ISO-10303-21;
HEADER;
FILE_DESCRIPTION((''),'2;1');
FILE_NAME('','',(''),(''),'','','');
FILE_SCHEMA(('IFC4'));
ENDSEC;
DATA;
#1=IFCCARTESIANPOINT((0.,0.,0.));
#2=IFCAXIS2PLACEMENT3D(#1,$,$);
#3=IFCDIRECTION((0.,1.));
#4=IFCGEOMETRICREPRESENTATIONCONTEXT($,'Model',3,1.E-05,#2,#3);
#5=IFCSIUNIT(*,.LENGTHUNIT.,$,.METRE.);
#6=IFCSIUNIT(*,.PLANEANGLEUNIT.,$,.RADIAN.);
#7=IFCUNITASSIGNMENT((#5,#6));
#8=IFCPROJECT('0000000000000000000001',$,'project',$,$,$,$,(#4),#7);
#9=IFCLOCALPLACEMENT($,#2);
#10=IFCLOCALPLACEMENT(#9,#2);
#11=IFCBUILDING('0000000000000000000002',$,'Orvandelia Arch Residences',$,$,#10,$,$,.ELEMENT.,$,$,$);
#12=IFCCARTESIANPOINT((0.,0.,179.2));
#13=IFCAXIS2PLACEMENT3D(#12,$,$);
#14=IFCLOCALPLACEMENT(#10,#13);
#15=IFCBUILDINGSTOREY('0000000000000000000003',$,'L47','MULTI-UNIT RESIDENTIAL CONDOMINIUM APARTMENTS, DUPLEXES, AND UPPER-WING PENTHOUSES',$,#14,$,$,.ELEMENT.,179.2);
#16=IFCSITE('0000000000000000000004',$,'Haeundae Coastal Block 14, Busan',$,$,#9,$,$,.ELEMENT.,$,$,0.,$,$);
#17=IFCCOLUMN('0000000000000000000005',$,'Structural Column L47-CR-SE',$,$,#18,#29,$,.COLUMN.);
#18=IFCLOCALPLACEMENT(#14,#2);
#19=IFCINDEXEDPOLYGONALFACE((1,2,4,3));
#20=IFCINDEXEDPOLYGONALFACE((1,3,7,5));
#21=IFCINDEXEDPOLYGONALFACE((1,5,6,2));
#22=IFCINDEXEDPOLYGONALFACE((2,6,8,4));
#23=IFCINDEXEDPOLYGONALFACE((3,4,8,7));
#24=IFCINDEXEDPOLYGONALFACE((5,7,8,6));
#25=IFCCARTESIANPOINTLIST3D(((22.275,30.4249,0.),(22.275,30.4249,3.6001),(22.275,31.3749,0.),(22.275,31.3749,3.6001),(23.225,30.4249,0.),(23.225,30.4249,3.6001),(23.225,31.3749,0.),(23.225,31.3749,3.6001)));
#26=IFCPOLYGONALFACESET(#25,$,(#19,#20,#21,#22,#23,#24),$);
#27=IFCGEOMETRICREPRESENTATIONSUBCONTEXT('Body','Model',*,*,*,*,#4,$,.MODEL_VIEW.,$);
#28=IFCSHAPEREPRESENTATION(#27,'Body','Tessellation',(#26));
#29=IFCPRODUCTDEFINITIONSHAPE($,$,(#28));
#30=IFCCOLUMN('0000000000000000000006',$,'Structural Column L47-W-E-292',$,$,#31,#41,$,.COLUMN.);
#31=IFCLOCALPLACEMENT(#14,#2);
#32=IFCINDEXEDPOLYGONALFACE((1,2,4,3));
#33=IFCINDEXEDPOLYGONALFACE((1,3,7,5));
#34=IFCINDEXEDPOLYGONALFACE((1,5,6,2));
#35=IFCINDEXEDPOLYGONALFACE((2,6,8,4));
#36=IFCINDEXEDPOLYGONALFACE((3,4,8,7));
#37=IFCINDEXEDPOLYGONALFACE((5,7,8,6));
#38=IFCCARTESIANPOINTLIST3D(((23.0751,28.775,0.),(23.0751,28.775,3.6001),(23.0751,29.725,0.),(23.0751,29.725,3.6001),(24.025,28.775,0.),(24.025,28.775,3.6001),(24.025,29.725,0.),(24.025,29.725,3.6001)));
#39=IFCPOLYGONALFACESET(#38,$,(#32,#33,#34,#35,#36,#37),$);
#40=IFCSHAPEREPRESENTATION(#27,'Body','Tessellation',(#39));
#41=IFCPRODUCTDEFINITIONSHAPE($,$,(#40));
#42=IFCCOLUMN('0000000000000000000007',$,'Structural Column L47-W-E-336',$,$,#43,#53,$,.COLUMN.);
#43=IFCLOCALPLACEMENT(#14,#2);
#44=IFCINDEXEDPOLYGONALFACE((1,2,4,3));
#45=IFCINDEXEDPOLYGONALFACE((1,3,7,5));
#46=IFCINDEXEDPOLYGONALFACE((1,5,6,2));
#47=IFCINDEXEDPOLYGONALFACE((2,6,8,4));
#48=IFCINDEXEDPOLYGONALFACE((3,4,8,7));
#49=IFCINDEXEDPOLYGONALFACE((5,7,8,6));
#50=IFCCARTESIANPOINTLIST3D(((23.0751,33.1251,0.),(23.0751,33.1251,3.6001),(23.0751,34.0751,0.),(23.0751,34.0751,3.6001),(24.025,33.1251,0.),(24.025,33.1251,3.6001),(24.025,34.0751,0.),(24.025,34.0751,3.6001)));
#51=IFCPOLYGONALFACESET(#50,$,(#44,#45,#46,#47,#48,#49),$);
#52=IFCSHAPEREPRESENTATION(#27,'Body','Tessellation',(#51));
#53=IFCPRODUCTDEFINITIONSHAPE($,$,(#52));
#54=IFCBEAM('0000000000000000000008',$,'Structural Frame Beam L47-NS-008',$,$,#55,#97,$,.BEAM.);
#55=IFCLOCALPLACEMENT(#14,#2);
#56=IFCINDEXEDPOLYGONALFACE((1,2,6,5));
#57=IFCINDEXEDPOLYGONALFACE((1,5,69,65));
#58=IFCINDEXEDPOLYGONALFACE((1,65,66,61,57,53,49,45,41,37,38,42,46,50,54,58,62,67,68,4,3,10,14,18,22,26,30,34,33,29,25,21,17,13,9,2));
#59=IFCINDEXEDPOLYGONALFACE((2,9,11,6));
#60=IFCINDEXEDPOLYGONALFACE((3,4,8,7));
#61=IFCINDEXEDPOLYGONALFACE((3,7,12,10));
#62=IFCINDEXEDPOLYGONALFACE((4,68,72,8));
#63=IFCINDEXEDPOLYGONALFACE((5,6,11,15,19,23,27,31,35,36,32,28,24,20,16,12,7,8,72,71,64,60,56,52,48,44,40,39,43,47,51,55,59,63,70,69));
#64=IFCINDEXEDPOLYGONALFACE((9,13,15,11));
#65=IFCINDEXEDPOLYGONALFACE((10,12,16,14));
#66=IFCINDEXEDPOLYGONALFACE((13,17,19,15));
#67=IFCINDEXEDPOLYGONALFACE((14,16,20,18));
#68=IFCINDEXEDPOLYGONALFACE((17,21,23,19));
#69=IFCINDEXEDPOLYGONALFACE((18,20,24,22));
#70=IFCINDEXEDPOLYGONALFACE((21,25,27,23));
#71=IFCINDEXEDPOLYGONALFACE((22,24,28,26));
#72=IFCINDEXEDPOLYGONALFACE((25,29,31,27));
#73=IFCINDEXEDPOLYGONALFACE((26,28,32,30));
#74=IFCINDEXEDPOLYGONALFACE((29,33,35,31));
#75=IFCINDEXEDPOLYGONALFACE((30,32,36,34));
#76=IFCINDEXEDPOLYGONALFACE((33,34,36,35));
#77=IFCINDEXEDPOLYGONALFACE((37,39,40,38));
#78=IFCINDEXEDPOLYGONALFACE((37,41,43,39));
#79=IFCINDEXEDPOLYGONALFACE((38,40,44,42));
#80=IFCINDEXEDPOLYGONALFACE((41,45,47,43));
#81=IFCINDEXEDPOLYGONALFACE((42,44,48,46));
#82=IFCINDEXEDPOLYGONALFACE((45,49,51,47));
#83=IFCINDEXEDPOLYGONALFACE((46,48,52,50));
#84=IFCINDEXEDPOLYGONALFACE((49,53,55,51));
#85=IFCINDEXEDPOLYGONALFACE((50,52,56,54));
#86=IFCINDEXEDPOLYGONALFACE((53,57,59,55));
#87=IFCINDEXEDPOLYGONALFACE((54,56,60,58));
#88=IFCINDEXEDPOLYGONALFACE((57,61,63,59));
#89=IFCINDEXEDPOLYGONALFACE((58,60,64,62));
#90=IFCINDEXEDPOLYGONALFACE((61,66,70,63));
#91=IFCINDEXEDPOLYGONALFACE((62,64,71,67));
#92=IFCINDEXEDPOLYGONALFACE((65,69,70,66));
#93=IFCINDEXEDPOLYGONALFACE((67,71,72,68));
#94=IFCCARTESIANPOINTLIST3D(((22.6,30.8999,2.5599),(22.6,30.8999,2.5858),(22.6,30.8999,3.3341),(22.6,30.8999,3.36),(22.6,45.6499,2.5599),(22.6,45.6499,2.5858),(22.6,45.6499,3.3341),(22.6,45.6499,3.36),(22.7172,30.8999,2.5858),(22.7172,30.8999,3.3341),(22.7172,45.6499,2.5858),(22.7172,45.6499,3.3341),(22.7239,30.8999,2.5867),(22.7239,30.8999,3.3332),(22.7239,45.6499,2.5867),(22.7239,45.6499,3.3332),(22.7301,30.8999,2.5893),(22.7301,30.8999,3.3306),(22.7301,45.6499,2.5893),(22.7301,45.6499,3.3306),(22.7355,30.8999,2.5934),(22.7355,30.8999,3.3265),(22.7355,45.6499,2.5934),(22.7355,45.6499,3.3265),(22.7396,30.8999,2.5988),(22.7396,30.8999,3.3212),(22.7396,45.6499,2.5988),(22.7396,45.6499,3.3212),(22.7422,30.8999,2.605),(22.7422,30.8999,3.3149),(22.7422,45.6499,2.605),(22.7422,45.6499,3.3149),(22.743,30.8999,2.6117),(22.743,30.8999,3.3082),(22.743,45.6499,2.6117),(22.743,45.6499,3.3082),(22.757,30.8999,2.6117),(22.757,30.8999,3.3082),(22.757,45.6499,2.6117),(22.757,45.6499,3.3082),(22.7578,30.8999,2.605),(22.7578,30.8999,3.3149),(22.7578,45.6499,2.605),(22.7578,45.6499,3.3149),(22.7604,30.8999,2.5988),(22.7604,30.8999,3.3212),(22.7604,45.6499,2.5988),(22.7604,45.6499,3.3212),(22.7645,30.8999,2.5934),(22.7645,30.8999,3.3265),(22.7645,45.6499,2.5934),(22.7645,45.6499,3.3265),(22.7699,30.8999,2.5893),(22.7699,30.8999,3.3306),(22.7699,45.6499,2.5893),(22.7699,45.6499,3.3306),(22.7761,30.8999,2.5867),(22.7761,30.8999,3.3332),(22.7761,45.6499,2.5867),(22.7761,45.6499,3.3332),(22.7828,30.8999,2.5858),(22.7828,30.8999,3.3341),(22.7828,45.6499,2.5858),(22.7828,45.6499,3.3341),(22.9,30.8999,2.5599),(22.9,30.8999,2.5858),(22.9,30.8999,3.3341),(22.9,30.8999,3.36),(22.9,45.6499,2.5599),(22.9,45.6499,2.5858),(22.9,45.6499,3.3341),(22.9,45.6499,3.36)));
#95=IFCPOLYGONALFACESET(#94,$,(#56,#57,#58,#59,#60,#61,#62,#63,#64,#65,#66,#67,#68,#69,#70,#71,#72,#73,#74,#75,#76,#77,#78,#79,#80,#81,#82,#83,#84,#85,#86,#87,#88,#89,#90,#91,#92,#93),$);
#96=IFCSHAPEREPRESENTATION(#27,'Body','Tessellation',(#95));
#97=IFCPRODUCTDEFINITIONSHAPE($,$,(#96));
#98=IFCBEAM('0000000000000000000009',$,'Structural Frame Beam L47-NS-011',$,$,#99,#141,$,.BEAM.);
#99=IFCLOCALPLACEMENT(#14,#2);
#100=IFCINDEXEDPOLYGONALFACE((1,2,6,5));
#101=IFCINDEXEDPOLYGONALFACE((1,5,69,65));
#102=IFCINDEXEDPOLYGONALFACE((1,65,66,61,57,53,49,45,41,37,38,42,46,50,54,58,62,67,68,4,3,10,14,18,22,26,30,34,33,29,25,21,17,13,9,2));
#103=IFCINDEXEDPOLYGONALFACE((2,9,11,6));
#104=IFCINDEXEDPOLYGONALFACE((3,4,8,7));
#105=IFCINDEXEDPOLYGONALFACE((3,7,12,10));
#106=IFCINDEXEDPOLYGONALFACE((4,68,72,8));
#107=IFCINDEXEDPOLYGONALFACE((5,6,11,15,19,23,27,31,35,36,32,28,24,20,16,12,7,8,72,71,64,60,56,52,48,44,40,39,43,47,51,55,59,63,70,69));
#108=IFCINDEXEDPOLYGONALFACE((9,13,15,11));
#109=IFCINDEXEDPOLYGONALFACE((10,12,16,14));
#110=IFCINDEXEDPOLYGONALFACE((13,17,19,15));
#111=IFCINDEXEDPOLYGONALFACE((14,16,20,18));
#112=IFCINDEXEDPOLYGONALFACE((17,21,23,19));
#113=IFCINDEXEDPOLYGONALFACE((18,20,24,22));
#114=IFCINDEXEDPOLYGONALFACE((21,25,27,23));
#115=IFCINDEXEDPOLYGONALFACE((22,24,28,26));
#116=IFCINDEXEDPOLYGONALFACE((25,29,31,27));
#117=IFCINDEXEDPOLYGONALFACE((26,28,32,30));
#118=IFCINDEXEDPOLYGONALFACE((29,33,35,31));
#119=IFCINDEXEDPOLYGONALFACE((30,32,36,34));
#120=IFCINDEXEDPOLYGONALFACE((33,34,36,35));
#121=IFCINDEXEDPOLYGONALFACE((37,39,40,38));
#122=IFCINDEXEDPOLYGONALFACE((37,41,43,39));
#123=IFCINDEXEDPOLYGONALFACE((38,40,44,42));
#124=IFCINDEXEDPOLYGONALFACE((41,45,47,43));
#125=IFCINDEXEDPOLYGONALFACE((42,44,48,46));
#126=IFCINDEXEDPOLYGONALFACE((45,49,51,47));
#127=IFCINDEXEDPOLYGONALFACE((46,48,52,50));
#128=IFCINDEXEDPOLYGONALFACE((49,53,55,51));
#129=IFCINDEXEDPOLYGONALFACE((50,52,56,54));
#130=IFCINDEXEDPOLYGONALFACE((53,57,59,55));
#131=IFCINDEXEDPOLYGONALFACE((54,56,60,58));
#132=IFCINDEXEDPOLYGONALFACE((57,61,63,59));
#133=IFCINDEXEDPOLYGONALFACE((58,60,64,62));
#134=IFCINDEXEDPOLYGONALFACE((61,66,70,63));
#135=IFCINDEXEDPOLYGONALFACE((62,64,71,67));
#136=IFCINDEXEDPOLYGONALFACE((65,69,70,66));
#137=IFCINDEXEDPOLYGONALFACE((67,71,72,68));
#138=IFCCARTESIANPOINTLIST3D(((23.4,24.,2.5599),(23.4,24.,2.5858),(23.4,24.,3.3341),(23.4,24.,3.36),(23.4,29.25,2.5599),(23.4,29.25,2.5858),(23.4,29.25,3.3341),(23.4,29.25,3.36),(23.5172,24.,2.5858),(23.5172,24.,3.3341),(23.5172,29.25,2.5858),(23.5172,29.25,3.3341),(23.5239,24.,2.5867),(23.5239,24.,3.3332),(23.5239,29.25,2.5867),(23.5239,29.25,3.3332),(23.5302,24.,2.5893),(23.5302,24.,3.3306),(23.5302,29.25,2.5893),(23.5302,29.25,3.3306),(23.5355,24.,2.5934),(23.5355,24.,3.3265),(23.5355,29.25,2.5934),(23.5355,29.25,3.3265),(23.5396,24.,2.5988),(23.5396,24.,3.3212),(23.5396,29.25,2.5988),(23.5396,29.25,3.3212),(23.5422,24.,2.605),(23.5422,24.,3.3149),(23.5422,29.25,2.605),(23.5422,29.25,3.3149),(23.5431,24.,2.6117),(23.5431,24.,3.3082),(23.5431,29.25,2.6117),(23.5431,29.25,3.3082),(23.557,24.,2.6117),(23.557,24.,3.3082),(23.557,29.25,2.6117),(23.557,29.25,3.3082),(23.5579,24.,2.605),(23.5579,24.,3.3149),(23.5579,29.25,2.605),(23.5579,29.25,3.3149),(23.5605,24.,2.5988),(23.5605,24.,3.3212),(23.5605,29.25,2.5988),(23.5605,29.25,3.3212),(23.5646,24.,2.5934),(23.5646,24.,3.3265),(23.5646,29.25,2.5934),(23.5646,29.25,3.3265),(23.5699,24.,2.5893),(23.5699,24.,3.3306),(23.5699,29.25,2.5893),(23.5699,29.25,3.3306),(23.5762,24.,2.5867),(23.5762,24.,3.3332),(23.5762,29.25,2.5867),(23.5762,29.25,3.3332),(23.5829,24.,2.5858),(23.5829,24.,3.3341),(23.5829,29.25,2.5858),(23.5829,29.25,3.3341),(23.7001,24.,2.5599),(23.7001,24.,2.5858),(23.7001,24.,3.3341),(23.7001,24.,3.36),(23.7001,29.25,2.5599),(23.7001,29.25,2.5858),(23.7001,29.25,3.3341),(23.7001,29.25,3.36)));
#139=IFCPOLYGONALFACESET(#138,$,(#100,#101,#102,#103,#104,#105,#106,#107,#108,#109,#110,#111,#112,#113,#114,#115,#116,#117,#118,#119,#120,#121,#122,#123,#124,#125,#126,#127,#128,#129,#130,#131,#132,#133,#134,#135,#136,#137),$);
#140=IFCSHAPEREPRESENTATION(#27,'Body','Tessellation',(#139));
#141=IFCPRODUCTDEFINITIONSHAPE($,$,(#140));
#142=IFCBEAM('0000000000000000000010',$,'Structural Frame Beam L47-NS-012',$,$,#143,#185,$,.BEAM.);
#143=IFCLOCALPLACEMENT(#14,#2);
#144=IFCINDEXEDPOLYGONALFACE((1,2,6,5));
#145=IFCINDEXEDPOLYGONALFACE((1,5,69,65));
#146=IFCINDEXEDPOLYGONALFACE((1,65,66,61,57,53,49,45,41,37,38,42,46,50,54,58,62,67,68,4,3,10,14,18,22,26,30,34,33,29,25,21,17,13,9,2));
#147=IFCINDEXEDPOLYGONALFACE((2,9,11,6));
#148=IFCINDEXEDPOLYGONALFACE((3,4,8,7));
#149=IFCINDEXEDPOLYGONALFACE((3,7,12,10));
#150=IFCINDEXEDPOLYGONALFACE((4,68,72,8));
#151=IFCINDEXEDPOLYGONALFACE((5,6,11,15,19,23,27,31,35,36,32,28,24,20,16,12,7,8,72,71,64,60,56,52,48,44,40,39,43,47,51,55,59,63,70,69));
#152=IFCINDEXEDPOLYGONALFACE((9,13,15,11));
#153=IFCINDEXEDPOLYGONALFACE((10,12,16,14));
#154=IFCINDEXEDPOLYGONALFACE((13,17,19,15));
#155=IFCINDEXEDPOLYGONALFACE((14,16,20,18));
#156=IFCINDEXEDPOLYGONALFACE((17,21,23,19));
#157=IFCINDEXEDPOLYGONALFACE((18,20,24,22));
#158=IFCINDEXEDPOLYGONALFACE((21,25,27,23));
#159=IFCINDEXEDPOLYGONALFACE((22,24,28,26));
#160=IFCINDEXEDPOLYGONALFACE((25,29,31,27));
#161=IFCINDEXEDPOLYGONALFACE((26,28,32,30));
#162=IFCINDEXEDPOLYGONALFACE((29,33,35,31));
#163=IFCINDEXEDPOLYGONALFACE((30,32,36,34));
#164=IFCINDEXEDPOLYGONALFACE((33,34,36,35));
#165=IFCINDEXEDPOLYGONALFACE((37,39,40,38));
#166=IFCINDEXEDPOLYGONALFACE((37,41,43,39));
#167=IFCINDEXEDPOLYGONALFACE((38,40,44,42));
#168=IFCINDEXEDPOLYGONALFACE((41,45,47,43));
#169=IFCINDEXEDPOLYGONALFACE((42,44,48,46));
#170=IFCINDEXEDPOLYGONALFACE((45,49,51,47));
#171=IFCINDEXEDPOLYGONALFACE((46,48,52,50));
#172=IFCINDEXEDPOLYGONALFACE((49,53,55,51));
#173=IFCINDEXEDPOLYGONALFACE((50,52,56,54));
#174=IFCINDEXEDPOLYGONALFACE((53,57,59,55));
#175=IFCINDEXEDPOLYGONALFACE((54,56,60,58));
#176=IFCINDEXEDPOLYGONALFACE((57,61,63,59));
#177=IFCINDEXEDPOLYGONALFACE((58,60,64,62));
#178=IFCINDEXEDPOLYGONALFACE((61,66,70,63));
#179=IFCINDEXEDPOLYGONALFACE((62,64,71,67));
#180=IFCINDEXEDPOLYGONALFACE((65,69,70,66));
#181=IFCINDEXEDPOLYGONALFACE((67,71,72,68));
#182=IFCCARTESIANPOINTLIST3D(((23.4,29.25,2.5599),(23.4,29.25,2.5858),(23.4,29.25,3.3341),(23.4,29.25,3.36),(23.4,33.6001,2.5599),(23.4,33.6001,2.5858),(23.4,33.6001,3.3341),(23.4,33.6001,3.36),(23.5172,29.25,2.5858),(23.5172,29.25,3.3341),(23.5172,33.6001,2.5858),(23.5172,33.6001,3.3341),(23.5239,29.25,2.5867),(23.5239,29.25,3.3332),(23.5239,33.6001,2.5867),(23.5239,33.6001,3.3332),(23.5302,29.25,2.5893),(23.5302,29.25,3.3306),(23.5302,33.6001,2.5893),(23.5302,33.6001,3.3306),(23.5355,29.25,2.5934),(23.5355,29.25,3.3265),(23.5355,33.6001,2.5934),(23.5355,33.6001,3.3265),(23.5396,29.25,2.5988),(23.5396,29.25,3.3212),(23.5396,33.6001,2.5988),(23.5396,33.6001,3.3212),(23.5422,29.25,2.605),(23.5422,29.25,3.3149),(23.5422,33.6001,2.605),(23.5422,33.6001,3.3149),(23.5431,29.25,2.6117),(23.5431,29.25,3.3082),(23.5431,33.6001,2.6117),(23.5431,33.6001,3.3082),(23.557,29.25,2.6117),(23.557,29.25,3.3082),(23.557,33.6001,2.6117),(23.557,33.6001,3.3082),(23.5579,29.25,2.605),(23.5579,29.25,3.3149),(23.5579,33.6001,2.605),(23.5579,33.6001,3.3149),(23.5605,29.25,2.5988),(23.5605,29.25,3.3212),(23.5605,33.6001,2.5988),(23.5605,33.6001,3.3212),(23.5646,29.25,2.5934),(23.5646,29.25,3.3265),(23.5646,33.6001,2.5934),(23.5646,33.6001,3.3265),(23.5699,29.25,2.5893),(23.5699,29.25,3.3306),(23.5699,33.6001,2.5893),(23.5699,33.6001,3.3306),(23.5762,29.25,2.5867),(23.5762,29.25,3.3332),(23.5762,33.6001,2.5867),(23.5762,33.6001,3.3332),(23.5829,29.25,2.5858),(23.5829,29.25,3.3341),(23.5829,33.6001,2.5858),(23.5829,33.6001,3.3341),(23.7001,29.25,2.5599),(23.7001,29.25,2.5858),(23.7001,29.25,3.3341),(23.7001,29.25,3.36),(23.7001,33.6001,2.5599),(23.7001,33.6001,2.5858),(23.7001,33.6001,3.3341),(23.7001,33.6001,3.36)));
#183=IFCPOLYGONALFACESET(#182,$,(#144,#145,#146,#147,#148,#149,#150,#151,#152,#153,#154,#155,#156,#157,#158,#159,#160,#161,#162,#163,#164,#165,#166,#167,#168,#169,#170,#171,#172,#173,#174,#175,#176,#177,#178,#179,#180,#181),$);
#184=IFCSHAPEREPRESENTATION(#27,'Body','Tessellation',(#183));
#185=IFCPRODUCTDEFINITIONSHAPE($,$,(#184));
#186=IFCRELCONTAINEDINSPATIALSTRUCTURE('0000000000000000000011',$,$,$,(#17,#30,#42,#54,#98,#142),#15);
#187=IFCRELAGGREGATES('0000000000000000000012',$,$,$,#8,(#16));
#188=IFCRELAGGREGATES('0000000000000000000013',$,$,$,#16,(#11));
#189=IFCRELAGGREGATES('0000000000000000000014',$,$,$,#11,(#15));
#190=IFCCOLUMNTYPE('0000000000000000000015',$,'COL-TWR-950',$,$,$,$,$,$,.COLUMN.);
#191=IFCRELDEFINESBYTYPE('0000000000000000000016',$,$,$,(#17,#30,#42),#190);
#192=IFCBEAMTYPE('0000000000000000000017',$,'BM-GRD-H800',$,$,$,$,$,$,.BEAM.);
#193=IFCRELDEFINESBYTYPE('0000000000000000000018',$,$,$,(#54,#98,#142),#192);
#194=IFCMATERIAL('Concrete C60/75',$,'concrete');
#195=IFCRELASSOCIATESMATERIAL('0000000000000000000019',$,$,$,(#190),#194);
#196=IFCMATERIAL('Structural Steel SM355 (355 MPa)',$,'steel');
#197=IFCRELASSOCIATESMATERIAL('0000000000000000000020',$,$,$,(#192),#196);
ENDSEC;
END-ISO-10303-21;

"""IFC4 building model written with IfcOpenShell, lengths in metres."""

from ifc_helpers import new_model, si_unit, direction, frame, origin, origin_2d, place, context, subcontext, project, spatial, rectangle, i_section, extrude, material, material_profile, profile_set, type_object, element, save


model = new_model("IFC4")

# Units and contexts
model_context = context("Model", 3, precision=1e-05, world=origin(), true_north=direction((0.0, 1.0)))
body_context = subcontext(model_context, "Body", "Model", "MODEL_VIEW")
ifc_project = project(units=[si_unit("LENGTHUNIT", "METRE"), si_unit("PLANEANGLEUNIT", "RADIAN")], contexts=[model_context])

# Site, building, storey
site_placement = place(None, origin())
site = spatial("IfcSite", under=ifc_project, at=site_placement, Name="Haeundae Coastal Block 14, Busan", CompositionType="ELEMENT", RefElevation=0.0)
building_placement = place(site_placement, origin())
building = spatial("IfcBuilding", under=site, at=building_placement, Name="Orvandelia Arch Residences", CompositionType="ELEMENT")
storey_placement = place(building_placement, frame((0.0, 0.0, 179.2)))
storey = spatial("IfcBuildingStorey", under=building, at=storey_placement, Name="L47", Description="MULTI-UNIT RESIDENTIAL CONDOMINIUM APARTMENTS, DUPLEXES, AND UPPER-WING PENTHOUSES", CompositionType="ELEMENT", Elevation=179.2)

# Columns
ifc_material_1 = material(Name="Concrete C60/75", Category="concrete")
ifc_material_profile_1 = material_profile(ifc_material_1, rectangle(XDim=0.95, YDim=0.95, at=origin_2d()), Name="Concrete C60/75", Category="concrete")
ifc_profile_set_1 = profile_set([ifc_material_profile_1], Name="Concrete C60/75")
column_type = type_object("IfcColumnType", Name="COL-TWR-950", PredefinedType="COLUMN", material=ifc_profile_set_1)
for number, where, z_axis, x_axis, name in (
    (1, (22.75, 30.8999, 0.0), (0.0, 0.0, 1.0), (1.0, 0.0, 0.0), "Structural Column L47-CR-SE"),
    (2, (23.55, 29.25, 0.0), (0.0, 0.0, 1.0), (1.0, 0.0, 0.0), "Structural Column L47-W-E-292"),
    (3, (23.55, 33.6001, 0.0), (0.0, 0.0, 1.0), (1.0, 0.0, 0.0), "Structural Column L47-W-E-336"),
):
    element("IfcColumn", number, at=place(storey_placement, frame(where, z_axis=z_axis, x_axis=x_axis)), inside=storey, type_object=column_type, Name=name, PredefinedType="COLUMN", context=body_context, shape_type="SweptSolid", body=[
        extrude(rectangle(XDim=0.95, YDim=0.95, at=origin_2d()), origin(), (0.0, 0.0, 1.0), 3.6001),
    ])

# Beams
ifc_material_2 = material(Name="Structural Steel SM355 (355 MPa)", Category="steel")
ifc_material_profile_2 = material_profile(ifc_material_2, i_section(OverallWidth=0.3, OverallDepth=0.8, WebThickness=0.0139, FlangeThickness=0.0259, FilletRadius=0.0259, at=origin_2d()), Name="Structural Steel SM355 (355 MPa)", Category="steel")
ifc_profile_set_2 = profile_set([ifc_material_profile_2], Name="Structural Steel SM355 (355 MPa)")
beam_type = type_object("IfcBeamType", Name="BM-GRD-H800", PredefinedType="BEAM", material=ifc_profile_set_2)
beam_1_placement = place(storey_placement, frame((22.75, 30.8999, 2.96), z_axis=(0.0, 1.0, 0.0), x_axis=(-1.0, 0.0, 0.0)))
element("IfcBeam", 4, at=beam_1_placement, inside=storey, type_object=beam_type, Name="Structural Frame Beam L47-NS-008", PredefinedType="BEAM", context=body_context, shape_type="SweptSolid", body=[
    extrude(i_section(OverallWidth=0.3, OverallDepth=0.8, WebThickness=0.0139, FlangeThickness=0.0259, FilletRadius=0.0259, at=origin_2d()), origin(), (0.0, 0.0, 1.0), 14.75),
])
beam_2_placement = place(storey_placement, frame((23.55, 24.0, 2.96), z_axis=(0.0, 1.0, 0.0), x_axis=(-1.0, 0.0, 0.0)))
element("IfcBeam", 5, at=beam_2_placement, inside=storey, type_object=beam_type, Name="Structural Frame Beam L47-NS-011", PredefinedType="BEAM", context=body_context, shape_type="SweptSolid", body=[
    extrude(i_section(OverallWidth=0.3, OverallDepth=0.8, WebThickness=0.0139, FlangeThickness=0.0259, FilletRadius=0.0259, at=origin_2d()), origin(), (0.0, 0.0, 1.0), 5.25),
])
beam_3_placement = place(storey_placement, frame((23.55, 29.25, 2.96), z_axis=(0.0, 1.0, 0.0), x_axis=(-1.0, 0.0, 0.0)))
element("IfcBeam", 6, at=beam_3_placement, inside=storey, type_object=beam_type, Name="Structural Frame Beam L47-NS-012", PredefinedType="BEAM", context=body_context, shape_type="SweptSolid", body=[
    extrude(i_section(OverallWidth=0.3, OverallDepth=0.8, WebThickness=0.0139, FlangeThickness=0.0259, FilletRadius=0.0259, at=origin_2d()), origin(), (0.0, 0.0, 1.0), 4.3501),
])

save(model, "model.ifc")
